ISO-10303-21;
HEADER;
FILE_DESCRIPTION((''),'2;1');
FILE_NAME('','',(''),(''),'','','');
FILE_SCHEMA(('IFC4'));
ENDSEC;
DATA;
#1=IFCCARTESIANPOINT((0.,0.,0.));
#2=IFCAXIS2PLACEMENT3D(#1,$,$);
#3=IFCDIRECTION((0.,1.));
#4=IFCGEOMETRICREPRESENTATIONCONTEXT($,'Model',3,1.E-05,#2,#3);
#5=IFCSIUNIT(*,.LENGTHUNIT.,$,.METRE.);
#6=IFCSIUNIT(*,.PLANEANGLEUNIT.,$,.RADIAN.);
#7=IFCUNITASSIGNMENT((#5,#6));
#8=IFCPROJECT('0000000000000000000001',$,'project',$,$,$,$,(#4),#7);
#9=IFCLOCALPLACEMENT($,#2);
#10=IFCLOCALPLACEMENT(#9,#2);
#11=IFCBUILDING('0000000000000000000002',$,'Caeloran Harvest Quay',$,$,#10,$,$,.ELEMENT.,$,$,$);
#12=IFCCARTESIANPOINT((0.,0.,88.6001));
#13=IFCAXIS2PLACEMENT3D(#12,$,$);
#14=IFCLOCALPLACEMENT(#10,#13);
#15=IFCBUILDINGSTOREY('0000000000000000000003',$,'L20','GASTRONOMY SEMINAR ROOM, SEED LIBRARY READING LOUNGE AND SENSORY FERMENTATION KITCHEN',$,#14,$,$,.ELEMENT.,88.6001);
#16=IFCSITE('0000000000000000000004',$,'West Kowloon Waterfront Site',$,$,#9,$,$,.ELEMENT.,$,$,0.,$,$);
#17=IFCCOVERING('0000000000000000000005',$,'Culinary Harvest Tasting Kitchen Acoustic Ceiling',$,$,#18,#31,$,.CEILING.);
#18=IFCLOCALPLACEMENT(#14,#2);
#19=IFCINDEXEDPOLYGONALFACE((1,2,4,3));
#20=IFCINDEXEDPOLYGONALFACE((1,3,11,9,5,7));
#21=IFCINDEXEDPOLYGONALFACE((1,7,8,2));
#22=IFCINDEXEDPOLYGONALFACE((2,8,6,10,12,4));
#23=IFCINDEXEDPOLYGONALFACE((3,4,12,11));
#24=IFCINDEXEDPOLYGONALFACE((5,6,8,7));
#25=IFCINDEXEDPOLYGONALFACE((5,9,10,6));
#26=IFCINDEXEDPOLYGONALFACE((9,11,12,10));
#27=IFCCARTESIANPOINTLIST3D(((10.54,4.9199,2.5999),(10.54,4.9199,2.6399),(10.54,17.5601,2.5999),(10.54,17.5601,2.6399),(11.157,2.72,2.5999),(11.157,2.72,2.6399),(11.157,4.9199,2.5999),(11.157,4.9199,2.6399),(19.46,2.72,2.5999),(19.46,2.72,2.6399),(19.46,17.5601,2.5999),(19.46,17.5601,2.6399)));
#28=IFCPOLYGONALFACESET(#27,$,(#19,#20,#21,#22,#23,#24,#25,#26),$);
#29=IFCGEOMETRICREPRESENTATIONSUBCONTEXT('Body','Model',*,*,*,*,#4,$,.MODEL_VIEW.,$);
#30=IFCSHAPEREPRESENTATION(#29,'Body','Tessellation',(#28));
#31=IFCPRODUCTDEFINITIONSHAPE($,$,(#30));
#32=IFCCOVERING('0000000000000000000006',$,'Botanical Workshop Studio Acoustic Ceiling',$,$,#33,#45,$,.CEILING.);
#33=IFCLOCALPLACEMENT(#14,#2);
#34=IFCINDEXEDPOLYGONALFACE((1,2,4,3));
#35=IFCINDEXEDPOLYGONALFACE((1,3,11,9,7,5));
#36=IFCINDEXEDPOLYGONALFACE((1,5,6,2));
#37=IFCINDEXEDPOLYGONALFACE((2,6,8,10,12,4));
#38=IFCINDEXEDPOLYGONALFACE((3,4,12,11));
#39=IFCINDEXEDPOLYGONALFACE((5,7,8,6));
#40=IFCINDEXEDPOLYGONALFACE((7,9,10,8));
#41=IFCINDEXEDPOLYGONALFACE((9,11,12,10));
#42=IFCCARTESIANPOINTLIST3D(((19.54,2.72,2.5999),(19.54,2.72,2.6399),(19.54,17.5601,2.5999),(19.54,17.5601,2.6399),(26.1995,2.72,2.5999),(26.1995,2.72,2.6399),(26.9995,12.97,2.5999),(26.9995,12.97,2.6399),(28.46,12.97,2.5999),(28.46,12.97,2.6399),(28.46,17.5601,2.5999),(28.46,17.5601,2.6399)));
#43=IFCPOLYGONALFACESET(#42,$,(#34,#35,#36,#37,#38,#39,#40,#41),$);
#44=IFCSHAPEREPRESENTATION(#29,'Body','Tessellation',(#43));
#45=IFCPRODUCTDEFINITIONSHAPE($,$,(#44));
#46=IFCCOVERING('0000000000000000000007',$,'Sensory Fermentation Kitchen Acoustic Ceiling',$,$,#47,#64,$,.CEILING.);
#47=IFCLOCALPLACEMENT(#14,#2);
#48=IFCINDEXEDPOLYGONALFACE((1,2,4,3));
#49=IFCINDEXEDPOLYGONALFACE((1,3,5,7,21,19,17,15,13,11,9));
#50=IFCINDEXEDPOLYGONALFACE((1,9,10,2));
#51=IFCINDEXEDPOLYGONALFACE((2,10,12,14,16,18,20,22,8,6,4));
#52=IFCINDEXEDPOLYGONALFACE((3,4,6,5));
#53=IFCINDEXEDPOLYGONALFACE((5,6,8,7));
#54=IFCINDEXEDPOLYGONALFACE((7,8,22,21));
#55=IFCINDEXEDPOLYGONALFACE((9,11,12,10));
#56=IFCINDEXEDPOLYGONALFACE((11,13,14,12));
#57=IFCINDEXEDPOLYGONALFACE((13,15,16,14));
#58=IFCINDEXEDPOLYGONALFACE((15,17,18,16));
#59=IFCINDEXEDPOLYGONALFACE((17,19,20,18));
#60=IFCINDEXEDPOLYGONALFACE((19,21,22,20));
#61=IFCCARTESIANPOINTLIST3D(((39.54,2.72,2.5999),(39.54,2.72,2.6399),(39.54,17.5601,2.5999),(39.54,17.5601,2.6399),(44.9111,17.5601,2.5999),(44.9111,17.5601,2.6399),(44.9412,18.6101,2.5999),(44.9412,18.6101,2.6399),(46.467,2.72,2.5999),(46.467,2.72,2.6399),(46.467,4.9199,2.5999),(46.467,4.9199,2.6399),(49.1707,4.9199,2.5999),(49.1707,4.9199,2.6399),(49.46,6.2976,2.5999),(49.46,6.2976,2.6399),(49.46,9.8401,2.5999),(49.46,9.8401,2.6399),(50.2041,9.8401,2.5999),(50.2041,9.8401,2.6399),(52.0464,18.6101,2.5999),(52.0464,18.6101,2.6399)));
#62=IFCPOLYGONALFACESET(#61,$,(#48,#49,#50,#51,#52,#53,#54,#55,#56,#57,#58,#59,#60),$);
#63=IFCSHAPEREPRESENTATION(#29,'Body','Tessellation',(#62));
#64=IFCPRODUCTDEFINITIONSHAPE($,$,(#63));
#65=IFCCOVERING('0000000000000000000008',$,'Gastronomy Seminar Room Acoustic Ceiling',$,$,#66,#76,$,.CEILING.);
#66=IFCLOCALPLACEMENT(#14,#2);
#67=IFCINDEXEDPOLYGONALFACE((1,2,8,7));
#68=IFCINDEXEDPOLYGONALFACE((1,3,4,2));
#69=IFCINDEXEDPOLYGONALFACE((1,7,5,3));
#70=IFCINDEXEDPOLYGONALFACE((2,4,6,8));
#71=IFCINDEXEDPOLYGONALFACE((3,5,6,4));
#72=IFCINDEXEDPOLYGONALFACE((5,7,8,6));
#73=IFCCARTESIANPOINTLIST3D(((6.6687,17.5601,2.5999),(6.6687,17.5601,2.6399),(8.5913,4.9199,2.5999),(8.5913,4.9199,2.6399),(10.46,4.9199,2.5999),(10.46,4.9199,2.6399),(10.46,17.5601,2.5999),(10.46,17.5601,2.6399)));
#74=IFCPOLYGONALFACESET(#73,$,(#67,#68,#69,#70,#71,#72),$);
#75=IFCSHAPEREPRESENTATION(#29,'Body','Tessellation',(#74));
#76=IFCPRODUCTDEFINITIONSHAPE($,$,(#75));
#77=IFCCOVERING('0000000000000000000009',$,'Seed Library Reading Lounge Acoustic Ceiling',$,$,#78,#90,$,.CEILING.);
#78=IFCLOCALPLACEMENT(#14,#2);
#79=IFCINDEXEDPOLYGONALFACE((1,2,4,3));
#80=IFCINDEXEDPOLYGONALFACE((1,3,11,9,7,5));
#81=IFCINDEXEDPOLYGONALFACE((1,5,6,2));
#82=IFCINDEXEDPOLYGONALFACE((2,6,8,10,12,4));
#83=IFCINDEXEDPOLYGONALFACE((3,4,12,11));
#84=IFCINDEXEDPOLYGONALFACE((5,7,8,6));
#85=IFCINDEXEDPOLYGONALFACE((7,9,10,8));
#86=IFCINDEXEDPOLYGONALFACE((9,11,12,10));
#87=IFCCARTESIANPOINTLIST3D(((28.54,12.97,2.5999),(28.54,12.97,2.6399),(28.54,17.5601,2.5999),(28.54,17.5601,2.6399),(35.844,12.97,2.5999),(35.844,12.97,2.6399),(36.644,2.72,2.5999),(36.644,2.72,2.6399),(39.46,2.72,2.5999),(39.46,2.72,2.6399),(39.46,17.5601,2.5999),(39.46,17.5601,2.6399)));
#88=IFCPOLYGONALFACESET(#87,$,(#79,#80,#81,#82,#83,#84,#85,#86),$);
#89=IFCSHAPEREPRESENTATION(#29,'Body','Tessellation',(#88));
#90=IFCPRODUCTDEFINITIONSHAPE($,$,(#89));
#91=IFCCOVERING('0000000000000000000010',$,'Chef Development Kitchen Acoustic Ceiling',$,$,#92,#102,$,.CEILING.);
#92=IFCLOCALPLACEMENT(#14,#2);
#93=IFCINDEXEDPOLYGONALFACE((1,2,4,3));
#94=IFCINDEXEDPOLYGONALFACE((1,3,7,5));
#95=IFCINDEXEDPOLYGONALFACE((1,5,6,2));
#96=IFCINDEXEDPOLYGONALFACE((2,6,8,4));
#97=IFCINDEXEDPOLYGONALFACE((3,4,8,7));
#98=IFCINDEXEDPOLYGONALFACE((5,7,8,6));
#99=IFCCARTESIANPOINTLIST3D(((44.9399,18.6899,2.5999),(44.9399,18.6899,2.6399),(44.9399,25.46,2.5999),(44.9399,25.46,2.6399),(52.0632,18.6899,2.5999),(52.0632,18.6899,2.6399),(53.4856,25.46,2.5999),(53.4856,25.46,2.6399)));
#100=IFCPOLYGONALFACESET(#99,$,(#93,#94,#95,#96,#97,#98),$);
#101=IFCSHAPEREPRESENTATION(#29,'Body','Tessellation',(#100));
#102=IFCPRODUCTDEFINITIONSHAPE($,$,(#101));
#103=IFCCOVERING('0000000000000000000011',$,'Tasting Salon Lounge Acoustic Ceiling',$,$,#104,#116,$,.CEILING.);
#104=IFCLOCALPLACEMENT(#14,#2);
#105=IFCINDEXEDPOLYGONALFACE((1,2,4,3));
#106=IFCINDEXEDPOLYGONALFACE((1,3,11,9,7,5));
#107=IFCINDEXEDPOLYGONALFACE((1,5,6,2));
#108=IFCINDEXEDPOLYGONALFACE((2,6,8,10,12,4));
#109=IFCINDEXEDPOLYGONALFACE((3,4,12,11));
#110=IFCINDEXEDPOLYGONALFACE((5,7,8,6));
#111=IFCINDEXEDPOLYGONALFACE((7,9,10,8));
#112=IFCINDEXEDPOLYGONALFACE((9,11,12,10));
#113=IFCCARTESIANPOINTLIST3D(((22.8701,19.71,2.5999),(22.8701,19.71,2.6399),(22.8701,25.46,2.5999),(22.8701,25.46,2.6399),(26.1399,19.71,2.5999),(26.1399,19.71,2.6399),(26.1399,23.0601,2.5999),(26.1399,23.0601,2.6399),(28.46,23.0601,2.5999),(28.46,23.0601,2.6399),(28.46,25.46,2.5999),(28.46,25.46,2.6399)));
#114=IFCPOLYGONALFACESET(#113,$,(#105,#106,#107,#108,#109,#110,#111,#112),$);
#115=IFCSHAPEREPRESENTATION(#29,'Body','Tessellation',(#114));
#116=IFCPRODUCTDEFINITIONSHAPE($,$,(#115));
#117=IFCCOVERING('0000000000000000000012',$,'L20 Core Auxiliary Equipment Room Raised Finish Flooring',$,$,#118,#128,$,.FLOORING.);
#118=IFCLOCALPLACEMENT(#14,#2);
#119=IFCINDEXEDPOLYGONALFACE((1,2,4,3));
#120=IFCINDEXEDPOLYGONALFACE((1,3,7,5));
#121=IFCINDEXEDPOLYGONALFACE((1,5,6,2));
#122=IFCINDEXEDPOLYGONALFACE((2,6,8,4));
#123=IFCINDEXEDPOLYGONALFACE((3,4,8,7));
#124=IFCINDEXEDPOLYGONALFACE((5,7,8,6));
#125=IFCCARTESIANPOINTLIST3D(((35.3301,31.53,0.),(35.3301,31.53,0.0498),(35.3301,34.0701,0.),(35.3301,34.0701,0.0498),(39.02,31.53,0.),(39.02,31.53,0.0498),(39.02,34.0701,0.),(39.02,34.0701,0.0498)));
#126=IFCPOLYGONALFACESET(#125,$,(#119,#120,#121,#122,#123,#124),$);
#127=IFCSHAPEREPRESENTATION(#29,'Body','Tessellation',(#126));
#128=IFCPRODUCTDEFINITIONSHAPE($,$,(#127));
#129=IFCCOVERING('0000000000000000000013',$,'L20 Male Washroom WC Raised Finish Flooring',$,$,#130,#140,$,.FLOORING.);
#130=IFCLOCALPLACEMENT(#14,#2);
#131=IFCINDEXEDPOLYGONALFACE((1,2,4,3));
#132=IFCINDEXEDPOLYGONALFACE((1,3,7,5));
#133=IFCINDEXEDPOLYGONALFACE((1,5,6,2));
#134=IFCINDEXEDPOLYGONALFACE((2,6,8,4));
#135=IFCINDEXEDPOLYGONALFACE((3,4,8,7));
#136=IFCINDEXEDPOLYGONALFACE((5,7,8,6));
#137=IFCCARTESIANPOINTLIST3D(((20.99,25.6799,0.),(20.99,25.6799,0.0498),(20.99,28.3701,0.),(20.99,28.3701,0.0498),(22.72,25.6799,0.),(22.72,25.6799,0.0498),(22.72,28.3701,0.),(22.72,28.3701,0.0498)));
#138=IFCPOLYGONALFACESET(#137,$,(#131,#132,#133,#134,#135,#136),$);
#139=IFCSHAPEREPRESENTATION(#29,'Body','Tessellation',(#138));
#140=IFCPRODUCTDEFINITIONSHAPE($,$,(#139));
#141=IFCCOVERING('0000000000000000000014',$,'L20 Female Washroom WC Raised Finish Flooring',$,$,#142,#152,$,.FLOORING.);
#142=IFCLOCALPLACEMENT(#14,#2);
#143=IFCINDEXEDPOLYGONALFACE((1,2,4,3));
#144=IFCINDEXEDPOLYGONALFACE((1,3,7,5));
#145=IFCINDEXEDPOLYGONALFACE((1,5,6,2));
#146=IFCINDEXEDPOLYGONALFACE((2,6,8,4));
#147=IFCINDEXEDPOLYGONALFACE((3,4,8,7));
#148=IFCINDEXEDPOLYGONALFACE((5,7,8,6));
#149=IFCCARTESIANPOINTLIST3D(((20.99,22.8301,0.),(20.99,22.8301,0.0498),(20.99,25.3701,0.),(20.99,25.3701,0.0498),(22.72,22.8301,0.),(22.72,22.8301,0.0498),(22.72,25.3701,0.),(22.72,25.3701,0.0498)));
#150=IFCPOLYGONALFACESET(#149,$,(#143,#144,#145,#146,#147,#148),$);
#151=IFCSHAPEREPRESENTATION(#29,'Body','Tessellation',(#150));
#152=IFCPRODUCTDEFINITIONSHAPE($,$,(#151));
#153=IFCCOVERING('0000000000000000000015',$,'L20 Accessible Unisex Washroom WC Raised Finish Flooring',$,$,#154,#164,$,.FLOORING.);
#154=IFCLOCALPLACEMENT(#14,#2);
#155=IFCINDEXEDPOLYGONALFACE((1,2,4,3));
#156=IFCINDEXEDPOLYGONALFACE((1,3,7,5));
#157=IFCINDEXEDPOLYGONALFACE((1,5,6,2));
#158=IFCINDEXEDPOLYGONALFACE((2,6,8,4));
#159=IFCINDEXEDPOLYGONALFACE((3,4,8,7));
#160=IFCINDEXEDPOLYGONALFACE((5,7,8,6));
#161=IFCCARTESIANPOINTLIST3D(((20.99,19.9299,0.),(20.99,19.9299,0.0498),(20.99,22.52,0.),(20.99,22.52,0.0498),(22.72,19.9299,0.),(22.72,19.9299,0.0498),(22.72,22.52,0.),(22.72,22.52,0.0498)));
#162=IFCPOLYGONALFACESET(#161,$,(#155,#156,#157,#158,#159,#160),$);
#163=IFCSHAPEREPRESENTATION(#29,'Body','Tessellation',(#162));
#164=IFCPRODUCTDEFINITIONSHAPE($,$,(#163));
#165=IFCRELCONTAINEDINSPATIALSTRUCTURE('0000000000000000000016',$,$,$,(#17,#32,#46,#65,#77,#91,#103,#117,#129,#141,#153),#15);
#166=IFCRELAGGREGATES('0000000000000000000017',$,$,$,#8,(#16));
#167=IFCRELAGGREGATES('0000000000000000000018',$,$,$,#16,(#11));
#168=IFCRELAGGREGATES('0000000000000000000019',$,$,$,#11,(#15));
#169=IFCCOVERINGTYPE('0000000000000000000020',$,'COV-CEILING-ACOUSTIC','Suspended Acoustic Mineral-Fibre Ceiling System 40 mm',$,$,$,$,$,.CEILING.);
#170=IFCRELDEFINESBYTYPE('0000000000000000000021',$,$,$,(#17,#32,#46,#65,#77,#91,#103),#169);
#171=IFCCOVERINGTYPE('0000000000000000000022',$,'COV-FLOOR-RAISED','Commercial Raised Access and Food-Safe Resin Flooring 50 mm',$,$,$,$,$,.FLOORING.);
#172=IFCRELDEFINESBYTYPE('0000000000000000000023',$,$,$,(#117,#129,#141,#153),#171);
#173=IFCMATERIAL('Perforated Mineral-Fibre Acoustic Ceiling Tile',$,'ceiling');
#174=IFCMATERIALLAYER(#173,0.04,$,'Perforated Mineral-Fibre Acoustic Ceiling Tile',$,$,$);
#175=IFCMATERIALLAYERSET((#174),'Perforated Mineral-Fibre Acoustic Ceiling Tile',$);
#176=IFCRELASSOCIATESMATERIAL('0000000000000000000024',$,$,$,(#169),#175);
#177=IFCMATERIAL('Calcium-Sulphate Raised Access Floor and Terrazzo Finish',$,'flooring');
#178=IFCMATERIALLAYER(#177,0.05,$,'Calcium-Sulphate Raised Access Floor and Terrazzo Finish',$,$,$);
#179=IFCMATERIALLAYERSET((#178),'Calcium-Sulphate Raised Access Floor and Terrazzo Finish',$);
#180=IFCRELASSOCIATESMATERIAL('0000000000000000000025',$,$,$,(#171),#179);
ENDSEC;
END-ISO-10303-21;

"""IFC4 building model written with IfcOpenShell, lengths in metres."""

from ifc_helpers import new_model, si_unit, direction, frame, origin, place, context, subcontext, project, spatial, polyline, outline, extrude, material, layer, layer_set, type_object, element, save


model = new_model("IFC4")

# Units and contexts
model_context = context("Model", 3, precision=1e-05, world=origin(), true_north=direction((0.0, 1.0)))
body_context = subcontext(model_context, "Body", "Model", "MODEL_VIEW")
ifc_project = project(units=[si_unit("LENGTHUNIT", "METRE"), si_unit("PLANEANGLEUNIT", "RADIAN")], contexts=[model_context])

# Site, building, storey
site_placement = place(None, origin())
site = spatial("IfcSite", under=ifc_project, at=site_placement, Name="West Kowloon Waterfront Site", CompositionType="ELEMENT", RefElevation=0.0)
building_placement = place(site_placement, origin())
building = spatial("IfcBuilding", under=site, at=building_placement, Name="Caeloran Harvest Quay", CompositionType="ELEMENT")
storey_placement = place(building_placement, frame((0.0, 0.0, 88.6001)))
storey = spatial("IfcBuildingStorey", under=building, at=storey_placement, Name="L20", Description="GASTRONOMY SEMINAR ROOM, SEED LIBRARY READING LOUNGE AND SENSORY FERMENTATION KITCHEN", CompositionType="ELEMENT", Elevation=88.6001)

# Coverings
ifc_material_1 = material(Name="Perforated Mineral-Fibre Acoustic Ceiling Tile", Category="ceiling")
ifc_layer_1 = layer(ifc_material_1, 0.04, Name="Perforated Mineral-Fibre Acoustic Ceiling Tile")
ifc_layer_set_1 = layer_set([ifc_layer_1], Name="Perforated Mineral-Fibre Acoustic Ceiling Tile")
covering_type_1 = type_object("IfcCoveringType", Name="COV-CEILING-ACOUSTIC", Description="Suspended Acoustic Mineral-Fibre Ceiling System 40 mm", PredefinedType="CEILING", material=ifc_layer_set_1)
covering_1_placement = place(storey_placement, frame((0.0, 0.0, 2.5999)))
element("IfcCovering", 1, at=covering_1_placement, inside=storey, type_object=covering_type_1, Name="Culinary Harvest Tasting Kitchen Acoustic Ceiling", PredefinedType="CEILING", context=body_context, shape_type="SweptSolid", body=[
    extrude(outline(polyline([(11.157, 4.9199), (10.54, 4.9199), (10.54, 17.5601), (19.46, 17.5601), (19.46, 2.72), (11.157, 2.72), (11.157, 4.9199)])), origin(), (0.0, 0.0, 1.0), 0.04),
])
covering_2_placement = place(storey_placement, frame((0.0, 0.0, 2.5999)))
element("IfcCovering", 2, at=covering_2_placement, inside=storey, type_object=covering_type_1, Name="Botanical Workshop Studio Acoustic Ceiling", PredefinedType="CEILING", context=body_context, shape_type="SweptSolid", body=[
    extrude(outline(polyline([(26.1995, 2.72), (19.54, 2.72), (19.54, 17.5601), (28.46, 17.5601), (28.46, 12.97), (26.9995, 12.97), (26.1995, 2.72)])), origin(), (0.0, 0.0, 1.0), 0.04),
])
covering_3_placement = place(storey_placement, frame((0.0, 0.0, 2.5999)))
element("IfcCovering", 3, at=covering_3_placement, inside=storey, type_object=covering_type_1, Name="Sensory Fermentation Kitchen Acoustic Ceiling", PredefinedType="CEILING", context=body_context, shape_type="SweptSolid", body=[
    extrude(outline(polyline([(52.0464, 18.6101), (50.2041, 9.8401), (49.46, 9.8401), (49.46, 6.2976), (49.1707, 4.9199), (46.467, 4.9199), (46.467, 2.72), (39.54, 2.72), (39.54, 17.5601), (44.9111, 17.5601), (44.9412, 18.6101), (52.0464, 18.6101)])), origin(), (0.0, 0.0, 1.0), 0.04),
])
covering_4_placement = place(storey_placement, frame((0.0, 0.0, 2.5999)))
element("IfcCovering", 4, at=covering_4_placement, inside=storey, type_object=covering_type_1, Name="Gastronomy Seminar Room Acoustic Ceiling", PredefinedType="CEILING", context=body_context, shape_type="SweptSolid", body=[
    extrude(outline(polyline([(10.46, 4.9199), (8.5913, 4.9199), (6.6687, 17.5601), (10.46, 17.5601), (10.46, 4.9199)])), origin(), (0.0, 0.0, 1.0), 0.04),
])
covering_5_placement = place(storey_placement, frame((0.0, 0.0, 2.5999)))
element("IfcCovering", 5, at=covering_5_placement, inside=storey, type_object=covering_type_1, Name="Seed Library Reading Lounge Acoustic Ceiling", PredefinedType="CEILING", context=body_context, shape_type="SweptSolid", body=[
    extrude(outline(polyline([(28.54, 17.5601), (39.46, 17.5601), (39.46, 2.72), (36.644, 2.72), (35.844, 12.97), (28.54, 12.97), (28.54, 17.5601)])), origin(), (0.0, 0.0, 1.0), 0.04),
])
covering_6_placement = place(storey_placement, frame((0.0, 0.0, 2.5999)))
element("IfcCovering", 6, at=covering_6_placement, inside=storey, type_object=covering_type_1, Name="Chef Development Kitchen Acoustic Ceiling", PredefinedType="CEILING", context=body_context, shape_type="SweptSolid", body=[
    extrude(outline(polyline([(44.9399, 18.6899), (44.9399, 25.46), (53.4856, 25.46), (52.0632, 18.6899), (44.9399, 18.6899)])), origin(), (0.0, 0.0, 1.0), 0.04),
])
covering_7_placement = place(storey_placement, frame((0.0, 0.0, 2.5999)))
element("IfcCovering", 7, at=covering_7_placement, inside=storey, type_object=covering_type_1, Name="Tasting Salon Lounge Acoustic Ceiling", PredefinedType="CEILING", context=body_context, shape_type="SweptSolid", body=[
    extrude(outline(polyline([(26.1399, 23.0601), (26.1399, 19.71), (22.8701, 19.71), (22.8701, 25.46), (28.46, 25.46), (28.46, 23.0601), (26.1399, 23.0601)])), origin(), (0.0, 0.0, 1.0), 0.04),
])
ifc_material_2 = material(Name="Calcium-Sulphate Raised Access Floor and Terrazzo Finish", Category="flooring")
ifc_layer_2 = layer(ifc_material_2, 0.05, Name="Calcium-Sulphate Raised Access Floor and Terrazzo Finish")
ifc_layer_set_2 = layer_set([ifc_layer_2], Name="Calcium-Sulphate Raised Access Floor and Terrazzo Finish")
covering_type_2 = type_object("IfcCoveringType", Name="COV-FLOOR-RAISED", Description="Commercial Raised Access and Food-Safe Resin Flooring 50 mm", PredefinedType="FLOORING", material=ifc_layer_set_2)
covering_8_placement = place(storey_placement, origin())
element("IfcCovering", 8, at=covering_8_placement, inside=storey, type_object=covering_type_2, Name="L20 Core Auxiliary Equipment Room Raised Finish Flooring", PredefinedType="FLOORING", context=body_context, shape_type="SweptSolid", body=[
    extrude(outline(polyline([(39.02, 34.0701), (39.02, 31.53), (35.3301, 31.53), (35.3301, 34.0701), (39.02, 34.0701)])), origin(), (0.0, 0.0, 1.0), 0.0498),
])
covering_9_placement = place(storey_placement, origin())
element("IfcCovering", 9, at=covering_9_placement, inside=storey, type_object=covering_type_2, Name="L20 Male Washroom WC Raised Finish Flooring", PredefinedType="FLOORING", context=body_context, shape_type="SweptSolid", body=[
    extrude(outline(polyline([(22.72, 25.6799), (20.99, 25.6799), (20.99, 28.3701), (22.72, 28.3701), (22.72, 25.6799)])), origin(), (0.0, 0.0, 1.0), 0.0498),
])
covering_10_placement = place(storey_placement, origin())
element("IfcCovering", 10, at=covering_10_placement, inside=storey, type_object=covering_type_2, Name="L20 Female Washroom WC Raised Finish Flooring", PredefinedType="FLOORING", context=body_context, shape_type="SweptSolid", body=[
    extrude(outline(polyline([(22.72, 22.8301), (20.99, 22.8301), (20.99, 25.3701), (22.72, 25.3701), (22.72, 22.8301)])), origin(), (0.0, 0.0, 1.0), 0.0498),
])
covering_11_placement = place(storey_placement, origin())
element("IfcCovering", 11, at=covering_11_placement, inside=storey, type_object=covering_type_2, Name="L20 Accessible Unisex Washroom WC Raised Finish Flooring", PredefinedType="FLOORING", context=body_context, shape_type="SweptSolid", body=[
    extrude(outline(polyline([(22.72, 19.9299), (20.99, 19.9299), (20.99, 22.52), (22.72, 22.52), (22.72, 19.9299)])), origin(), (0.0, 0.0, 1.0), 0.0498),
])

save(model, "model.ifc")
